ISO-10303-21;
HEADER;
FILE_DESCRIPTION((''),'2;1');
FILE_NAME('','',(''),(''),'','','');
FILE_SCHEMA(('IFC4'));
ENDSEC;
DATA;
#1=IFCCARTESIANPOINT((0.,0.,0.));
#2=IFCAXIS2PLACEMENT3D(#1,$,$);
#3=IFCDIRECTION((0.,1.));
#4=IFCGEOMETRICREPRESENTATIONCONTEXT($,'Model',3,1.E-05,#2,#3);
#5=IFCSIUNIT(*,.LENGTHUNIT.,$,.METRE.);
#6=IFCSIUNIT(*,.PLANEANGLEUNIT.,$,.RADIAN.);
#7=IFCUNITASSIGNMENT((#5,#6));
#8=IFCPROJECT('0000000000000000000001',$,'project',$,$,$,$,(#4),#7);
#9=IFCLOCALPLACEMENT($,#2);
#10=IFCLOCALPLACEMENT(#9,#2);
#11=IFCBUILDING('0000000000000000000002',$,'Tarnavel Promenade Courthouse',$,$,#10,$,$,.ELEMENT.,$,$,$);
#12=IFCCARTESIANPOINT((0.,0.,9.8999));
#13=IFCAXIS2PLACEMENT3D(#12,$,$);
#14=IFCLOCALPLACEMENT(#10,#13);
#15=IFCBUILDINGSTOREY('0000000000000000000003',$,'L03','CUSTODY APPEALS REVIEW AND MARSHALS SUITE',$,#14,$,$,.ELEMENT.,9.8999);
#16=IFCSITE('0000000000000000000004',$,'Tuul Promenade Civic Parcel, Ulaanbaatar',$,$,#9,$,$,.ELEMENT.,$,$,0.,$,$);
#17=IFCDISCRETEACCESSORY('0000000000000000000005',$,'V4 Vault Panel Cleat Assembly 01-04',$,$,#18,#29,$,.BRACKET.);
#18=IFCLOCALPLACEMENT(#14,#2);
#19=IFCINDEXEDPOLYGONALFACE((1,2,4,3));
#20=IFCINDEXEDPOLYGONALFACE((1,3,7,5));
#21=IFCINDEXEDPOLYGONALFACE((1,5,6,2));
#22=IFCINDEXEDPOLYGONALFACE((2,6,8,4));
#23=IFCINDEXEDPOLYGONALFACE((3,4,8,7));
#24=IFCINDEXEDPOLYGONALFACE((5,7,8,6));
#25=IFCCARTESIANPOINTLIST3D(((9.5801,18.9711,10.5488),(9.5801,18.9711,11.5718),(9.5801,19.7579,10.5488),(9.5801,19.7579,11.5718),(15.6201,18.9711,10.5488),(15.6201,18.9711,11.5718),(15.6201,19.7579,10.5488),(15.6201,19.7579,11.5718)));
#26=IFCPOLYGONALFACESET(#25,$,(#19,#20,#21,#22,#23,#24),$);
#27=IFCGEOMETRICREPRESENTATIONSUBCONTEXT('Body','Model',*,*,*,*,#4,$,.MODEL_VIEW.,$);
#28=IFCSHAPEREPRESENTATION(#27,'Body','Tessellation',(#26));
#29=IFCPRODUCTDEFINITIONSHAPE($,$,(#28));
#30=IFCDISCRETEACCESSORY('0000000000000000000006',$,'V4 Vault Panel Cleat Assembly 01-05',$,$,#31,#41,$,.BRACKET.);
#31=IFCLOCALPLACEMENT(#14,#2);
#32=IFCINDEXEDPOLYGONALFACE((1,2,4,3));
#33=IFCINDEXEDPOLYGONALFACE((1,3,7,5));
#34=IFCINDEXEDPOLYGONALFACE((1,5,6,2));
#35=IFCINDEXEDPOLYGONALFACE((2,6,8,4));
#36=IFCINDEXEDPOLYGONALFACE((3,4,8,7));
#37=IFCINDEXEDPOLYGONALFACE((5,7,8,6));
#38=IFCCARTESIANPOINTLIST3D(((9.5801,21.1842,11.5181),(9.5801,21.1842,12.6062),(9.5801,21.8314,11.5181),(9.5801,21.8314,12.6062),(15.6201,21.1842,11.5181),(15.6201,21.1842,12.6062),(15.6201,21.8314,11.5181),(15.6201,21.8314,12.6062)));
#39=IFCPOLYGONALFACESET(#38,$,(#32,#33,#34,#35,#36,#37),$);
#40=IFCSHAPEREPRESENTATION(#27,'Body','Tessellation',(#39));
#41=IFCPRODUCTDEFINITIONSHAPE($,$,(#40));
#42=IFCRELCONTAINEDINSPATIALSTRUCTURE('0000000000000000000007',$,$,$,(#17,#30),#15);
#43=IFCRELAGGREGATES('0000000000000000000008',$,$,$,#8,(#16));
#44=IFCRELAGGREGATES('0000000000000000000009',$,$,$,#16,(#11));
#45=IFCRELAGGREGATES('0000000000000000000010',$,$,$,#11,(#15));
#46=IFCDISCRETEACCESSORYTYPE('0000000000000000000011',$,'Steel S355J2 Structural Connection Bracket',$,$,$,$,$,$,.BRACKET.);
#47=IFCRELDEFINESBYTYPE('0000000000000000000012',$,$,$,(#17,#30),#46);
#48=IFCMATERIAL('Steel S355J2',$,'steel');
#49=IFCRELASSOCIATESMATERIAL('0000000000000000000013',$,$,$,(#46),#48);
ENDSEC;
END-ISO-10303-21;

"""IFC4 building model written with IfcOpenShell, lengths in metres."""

from ifc_helpers import new_model, si_unit, direction, frame, origin, origin_2d, place, context, subcontext, project, spatial, rectangle, extrude, material, type_object, element, save


model = new_model("IFC4")

# Units and contexts
model_context = context("Model", 3, precision=1e-05, world=origin(), true_north=direction((0.0, 1.0)))
body_context = subcontext(model_context, "Body", "Model", "MODEL_VIEW")
ifc_project = project(units=[si_unit("LENGTHUNIT", "METRE"), si_unit("PLANEANGLEUNIT", "RADIAN")], contexts=[model_context])

# Site, building, storey
site_placement = place(None, origin())
site = spatial("IfcSite", under=ifc_project, at=site_placement, Name="Tuul Promenade Civic Parcel, Ulaanbaatar", CompositionType="ELEMENT", RefElevation=0.0)
building_placement = place(site_placement, origin())
building = spatial("IfcBuilding", under=site, at=building_placement, Name="Tarnavel Promenade Courthouse", CompositionType="ELEMENT")
storey_placement = place(building_placement, frame((0.0, 0.0, 9.8999)))
storey = spatial("IfcBuildingStorey", under=building, at=storey_placement, Name="L03", Description="CUSTODY APPEALS REVIEW AND MARSHALS SUITE", CompositionType="ELEMENT", Elevation=9.8999)

# Shared definitions
ifc_material_1 = material(Name="Steel S355J2", Category="steel")

# Discrete accessories
discrete_accessory_type = type_object("IfcDiscreteAccessoryType", Name="Steel S355J2 Structural Connection Bracket", PredefinedType="BRACKET", material=ifc_material_1)
discrete_accessory_1_placement = place(storey_placement, frame((12.6001, 19.3645, 10.5488), z_axis=(0.0, 0.0, 1.0), x_axis=(1.0, 0.0, 0.0)))
element("IfcDiscreteAccessory", 1, at=discrete_accessory_1_placement, inside=storey, type_object=discrete_accessory_type, Name="V4 Vault Panel Cleat Assembly 01-04", PredefinedType="BRACKET", context=body_context, shape_type="SweptSolid", body=[
    extrude(rectangle(XDim=6.04, YDim=0.7869, at=origin_2d()), origin(), (0.0, 0.0, 1.0), 1.0229),
])
discrete_accessory_2_placement = place(storey_placement, frame((12.6001, 21.5078, 11.5181), z_axis=(0.0, 0.0, 1.0), x_axis=(1.0, 0.0, 0.0)))
element("IfcDiscreteAccessory", 2, at=discrete_accessory_2_placement, inside=storey, type_object=discrete_accessory_type, Name="V4 Vault Panel Cleat Assembly 01-05", PredefinedType="BRACKET", context=body_context, shape_type="SweptSolid", body=[
    extrude(rectangle(XDim=6.04, YDim=0.6472, at=origin_2d()), origin(), (0.0, 0.0, 1.0), 1.0881),
])

save(model, "model.ifc")
